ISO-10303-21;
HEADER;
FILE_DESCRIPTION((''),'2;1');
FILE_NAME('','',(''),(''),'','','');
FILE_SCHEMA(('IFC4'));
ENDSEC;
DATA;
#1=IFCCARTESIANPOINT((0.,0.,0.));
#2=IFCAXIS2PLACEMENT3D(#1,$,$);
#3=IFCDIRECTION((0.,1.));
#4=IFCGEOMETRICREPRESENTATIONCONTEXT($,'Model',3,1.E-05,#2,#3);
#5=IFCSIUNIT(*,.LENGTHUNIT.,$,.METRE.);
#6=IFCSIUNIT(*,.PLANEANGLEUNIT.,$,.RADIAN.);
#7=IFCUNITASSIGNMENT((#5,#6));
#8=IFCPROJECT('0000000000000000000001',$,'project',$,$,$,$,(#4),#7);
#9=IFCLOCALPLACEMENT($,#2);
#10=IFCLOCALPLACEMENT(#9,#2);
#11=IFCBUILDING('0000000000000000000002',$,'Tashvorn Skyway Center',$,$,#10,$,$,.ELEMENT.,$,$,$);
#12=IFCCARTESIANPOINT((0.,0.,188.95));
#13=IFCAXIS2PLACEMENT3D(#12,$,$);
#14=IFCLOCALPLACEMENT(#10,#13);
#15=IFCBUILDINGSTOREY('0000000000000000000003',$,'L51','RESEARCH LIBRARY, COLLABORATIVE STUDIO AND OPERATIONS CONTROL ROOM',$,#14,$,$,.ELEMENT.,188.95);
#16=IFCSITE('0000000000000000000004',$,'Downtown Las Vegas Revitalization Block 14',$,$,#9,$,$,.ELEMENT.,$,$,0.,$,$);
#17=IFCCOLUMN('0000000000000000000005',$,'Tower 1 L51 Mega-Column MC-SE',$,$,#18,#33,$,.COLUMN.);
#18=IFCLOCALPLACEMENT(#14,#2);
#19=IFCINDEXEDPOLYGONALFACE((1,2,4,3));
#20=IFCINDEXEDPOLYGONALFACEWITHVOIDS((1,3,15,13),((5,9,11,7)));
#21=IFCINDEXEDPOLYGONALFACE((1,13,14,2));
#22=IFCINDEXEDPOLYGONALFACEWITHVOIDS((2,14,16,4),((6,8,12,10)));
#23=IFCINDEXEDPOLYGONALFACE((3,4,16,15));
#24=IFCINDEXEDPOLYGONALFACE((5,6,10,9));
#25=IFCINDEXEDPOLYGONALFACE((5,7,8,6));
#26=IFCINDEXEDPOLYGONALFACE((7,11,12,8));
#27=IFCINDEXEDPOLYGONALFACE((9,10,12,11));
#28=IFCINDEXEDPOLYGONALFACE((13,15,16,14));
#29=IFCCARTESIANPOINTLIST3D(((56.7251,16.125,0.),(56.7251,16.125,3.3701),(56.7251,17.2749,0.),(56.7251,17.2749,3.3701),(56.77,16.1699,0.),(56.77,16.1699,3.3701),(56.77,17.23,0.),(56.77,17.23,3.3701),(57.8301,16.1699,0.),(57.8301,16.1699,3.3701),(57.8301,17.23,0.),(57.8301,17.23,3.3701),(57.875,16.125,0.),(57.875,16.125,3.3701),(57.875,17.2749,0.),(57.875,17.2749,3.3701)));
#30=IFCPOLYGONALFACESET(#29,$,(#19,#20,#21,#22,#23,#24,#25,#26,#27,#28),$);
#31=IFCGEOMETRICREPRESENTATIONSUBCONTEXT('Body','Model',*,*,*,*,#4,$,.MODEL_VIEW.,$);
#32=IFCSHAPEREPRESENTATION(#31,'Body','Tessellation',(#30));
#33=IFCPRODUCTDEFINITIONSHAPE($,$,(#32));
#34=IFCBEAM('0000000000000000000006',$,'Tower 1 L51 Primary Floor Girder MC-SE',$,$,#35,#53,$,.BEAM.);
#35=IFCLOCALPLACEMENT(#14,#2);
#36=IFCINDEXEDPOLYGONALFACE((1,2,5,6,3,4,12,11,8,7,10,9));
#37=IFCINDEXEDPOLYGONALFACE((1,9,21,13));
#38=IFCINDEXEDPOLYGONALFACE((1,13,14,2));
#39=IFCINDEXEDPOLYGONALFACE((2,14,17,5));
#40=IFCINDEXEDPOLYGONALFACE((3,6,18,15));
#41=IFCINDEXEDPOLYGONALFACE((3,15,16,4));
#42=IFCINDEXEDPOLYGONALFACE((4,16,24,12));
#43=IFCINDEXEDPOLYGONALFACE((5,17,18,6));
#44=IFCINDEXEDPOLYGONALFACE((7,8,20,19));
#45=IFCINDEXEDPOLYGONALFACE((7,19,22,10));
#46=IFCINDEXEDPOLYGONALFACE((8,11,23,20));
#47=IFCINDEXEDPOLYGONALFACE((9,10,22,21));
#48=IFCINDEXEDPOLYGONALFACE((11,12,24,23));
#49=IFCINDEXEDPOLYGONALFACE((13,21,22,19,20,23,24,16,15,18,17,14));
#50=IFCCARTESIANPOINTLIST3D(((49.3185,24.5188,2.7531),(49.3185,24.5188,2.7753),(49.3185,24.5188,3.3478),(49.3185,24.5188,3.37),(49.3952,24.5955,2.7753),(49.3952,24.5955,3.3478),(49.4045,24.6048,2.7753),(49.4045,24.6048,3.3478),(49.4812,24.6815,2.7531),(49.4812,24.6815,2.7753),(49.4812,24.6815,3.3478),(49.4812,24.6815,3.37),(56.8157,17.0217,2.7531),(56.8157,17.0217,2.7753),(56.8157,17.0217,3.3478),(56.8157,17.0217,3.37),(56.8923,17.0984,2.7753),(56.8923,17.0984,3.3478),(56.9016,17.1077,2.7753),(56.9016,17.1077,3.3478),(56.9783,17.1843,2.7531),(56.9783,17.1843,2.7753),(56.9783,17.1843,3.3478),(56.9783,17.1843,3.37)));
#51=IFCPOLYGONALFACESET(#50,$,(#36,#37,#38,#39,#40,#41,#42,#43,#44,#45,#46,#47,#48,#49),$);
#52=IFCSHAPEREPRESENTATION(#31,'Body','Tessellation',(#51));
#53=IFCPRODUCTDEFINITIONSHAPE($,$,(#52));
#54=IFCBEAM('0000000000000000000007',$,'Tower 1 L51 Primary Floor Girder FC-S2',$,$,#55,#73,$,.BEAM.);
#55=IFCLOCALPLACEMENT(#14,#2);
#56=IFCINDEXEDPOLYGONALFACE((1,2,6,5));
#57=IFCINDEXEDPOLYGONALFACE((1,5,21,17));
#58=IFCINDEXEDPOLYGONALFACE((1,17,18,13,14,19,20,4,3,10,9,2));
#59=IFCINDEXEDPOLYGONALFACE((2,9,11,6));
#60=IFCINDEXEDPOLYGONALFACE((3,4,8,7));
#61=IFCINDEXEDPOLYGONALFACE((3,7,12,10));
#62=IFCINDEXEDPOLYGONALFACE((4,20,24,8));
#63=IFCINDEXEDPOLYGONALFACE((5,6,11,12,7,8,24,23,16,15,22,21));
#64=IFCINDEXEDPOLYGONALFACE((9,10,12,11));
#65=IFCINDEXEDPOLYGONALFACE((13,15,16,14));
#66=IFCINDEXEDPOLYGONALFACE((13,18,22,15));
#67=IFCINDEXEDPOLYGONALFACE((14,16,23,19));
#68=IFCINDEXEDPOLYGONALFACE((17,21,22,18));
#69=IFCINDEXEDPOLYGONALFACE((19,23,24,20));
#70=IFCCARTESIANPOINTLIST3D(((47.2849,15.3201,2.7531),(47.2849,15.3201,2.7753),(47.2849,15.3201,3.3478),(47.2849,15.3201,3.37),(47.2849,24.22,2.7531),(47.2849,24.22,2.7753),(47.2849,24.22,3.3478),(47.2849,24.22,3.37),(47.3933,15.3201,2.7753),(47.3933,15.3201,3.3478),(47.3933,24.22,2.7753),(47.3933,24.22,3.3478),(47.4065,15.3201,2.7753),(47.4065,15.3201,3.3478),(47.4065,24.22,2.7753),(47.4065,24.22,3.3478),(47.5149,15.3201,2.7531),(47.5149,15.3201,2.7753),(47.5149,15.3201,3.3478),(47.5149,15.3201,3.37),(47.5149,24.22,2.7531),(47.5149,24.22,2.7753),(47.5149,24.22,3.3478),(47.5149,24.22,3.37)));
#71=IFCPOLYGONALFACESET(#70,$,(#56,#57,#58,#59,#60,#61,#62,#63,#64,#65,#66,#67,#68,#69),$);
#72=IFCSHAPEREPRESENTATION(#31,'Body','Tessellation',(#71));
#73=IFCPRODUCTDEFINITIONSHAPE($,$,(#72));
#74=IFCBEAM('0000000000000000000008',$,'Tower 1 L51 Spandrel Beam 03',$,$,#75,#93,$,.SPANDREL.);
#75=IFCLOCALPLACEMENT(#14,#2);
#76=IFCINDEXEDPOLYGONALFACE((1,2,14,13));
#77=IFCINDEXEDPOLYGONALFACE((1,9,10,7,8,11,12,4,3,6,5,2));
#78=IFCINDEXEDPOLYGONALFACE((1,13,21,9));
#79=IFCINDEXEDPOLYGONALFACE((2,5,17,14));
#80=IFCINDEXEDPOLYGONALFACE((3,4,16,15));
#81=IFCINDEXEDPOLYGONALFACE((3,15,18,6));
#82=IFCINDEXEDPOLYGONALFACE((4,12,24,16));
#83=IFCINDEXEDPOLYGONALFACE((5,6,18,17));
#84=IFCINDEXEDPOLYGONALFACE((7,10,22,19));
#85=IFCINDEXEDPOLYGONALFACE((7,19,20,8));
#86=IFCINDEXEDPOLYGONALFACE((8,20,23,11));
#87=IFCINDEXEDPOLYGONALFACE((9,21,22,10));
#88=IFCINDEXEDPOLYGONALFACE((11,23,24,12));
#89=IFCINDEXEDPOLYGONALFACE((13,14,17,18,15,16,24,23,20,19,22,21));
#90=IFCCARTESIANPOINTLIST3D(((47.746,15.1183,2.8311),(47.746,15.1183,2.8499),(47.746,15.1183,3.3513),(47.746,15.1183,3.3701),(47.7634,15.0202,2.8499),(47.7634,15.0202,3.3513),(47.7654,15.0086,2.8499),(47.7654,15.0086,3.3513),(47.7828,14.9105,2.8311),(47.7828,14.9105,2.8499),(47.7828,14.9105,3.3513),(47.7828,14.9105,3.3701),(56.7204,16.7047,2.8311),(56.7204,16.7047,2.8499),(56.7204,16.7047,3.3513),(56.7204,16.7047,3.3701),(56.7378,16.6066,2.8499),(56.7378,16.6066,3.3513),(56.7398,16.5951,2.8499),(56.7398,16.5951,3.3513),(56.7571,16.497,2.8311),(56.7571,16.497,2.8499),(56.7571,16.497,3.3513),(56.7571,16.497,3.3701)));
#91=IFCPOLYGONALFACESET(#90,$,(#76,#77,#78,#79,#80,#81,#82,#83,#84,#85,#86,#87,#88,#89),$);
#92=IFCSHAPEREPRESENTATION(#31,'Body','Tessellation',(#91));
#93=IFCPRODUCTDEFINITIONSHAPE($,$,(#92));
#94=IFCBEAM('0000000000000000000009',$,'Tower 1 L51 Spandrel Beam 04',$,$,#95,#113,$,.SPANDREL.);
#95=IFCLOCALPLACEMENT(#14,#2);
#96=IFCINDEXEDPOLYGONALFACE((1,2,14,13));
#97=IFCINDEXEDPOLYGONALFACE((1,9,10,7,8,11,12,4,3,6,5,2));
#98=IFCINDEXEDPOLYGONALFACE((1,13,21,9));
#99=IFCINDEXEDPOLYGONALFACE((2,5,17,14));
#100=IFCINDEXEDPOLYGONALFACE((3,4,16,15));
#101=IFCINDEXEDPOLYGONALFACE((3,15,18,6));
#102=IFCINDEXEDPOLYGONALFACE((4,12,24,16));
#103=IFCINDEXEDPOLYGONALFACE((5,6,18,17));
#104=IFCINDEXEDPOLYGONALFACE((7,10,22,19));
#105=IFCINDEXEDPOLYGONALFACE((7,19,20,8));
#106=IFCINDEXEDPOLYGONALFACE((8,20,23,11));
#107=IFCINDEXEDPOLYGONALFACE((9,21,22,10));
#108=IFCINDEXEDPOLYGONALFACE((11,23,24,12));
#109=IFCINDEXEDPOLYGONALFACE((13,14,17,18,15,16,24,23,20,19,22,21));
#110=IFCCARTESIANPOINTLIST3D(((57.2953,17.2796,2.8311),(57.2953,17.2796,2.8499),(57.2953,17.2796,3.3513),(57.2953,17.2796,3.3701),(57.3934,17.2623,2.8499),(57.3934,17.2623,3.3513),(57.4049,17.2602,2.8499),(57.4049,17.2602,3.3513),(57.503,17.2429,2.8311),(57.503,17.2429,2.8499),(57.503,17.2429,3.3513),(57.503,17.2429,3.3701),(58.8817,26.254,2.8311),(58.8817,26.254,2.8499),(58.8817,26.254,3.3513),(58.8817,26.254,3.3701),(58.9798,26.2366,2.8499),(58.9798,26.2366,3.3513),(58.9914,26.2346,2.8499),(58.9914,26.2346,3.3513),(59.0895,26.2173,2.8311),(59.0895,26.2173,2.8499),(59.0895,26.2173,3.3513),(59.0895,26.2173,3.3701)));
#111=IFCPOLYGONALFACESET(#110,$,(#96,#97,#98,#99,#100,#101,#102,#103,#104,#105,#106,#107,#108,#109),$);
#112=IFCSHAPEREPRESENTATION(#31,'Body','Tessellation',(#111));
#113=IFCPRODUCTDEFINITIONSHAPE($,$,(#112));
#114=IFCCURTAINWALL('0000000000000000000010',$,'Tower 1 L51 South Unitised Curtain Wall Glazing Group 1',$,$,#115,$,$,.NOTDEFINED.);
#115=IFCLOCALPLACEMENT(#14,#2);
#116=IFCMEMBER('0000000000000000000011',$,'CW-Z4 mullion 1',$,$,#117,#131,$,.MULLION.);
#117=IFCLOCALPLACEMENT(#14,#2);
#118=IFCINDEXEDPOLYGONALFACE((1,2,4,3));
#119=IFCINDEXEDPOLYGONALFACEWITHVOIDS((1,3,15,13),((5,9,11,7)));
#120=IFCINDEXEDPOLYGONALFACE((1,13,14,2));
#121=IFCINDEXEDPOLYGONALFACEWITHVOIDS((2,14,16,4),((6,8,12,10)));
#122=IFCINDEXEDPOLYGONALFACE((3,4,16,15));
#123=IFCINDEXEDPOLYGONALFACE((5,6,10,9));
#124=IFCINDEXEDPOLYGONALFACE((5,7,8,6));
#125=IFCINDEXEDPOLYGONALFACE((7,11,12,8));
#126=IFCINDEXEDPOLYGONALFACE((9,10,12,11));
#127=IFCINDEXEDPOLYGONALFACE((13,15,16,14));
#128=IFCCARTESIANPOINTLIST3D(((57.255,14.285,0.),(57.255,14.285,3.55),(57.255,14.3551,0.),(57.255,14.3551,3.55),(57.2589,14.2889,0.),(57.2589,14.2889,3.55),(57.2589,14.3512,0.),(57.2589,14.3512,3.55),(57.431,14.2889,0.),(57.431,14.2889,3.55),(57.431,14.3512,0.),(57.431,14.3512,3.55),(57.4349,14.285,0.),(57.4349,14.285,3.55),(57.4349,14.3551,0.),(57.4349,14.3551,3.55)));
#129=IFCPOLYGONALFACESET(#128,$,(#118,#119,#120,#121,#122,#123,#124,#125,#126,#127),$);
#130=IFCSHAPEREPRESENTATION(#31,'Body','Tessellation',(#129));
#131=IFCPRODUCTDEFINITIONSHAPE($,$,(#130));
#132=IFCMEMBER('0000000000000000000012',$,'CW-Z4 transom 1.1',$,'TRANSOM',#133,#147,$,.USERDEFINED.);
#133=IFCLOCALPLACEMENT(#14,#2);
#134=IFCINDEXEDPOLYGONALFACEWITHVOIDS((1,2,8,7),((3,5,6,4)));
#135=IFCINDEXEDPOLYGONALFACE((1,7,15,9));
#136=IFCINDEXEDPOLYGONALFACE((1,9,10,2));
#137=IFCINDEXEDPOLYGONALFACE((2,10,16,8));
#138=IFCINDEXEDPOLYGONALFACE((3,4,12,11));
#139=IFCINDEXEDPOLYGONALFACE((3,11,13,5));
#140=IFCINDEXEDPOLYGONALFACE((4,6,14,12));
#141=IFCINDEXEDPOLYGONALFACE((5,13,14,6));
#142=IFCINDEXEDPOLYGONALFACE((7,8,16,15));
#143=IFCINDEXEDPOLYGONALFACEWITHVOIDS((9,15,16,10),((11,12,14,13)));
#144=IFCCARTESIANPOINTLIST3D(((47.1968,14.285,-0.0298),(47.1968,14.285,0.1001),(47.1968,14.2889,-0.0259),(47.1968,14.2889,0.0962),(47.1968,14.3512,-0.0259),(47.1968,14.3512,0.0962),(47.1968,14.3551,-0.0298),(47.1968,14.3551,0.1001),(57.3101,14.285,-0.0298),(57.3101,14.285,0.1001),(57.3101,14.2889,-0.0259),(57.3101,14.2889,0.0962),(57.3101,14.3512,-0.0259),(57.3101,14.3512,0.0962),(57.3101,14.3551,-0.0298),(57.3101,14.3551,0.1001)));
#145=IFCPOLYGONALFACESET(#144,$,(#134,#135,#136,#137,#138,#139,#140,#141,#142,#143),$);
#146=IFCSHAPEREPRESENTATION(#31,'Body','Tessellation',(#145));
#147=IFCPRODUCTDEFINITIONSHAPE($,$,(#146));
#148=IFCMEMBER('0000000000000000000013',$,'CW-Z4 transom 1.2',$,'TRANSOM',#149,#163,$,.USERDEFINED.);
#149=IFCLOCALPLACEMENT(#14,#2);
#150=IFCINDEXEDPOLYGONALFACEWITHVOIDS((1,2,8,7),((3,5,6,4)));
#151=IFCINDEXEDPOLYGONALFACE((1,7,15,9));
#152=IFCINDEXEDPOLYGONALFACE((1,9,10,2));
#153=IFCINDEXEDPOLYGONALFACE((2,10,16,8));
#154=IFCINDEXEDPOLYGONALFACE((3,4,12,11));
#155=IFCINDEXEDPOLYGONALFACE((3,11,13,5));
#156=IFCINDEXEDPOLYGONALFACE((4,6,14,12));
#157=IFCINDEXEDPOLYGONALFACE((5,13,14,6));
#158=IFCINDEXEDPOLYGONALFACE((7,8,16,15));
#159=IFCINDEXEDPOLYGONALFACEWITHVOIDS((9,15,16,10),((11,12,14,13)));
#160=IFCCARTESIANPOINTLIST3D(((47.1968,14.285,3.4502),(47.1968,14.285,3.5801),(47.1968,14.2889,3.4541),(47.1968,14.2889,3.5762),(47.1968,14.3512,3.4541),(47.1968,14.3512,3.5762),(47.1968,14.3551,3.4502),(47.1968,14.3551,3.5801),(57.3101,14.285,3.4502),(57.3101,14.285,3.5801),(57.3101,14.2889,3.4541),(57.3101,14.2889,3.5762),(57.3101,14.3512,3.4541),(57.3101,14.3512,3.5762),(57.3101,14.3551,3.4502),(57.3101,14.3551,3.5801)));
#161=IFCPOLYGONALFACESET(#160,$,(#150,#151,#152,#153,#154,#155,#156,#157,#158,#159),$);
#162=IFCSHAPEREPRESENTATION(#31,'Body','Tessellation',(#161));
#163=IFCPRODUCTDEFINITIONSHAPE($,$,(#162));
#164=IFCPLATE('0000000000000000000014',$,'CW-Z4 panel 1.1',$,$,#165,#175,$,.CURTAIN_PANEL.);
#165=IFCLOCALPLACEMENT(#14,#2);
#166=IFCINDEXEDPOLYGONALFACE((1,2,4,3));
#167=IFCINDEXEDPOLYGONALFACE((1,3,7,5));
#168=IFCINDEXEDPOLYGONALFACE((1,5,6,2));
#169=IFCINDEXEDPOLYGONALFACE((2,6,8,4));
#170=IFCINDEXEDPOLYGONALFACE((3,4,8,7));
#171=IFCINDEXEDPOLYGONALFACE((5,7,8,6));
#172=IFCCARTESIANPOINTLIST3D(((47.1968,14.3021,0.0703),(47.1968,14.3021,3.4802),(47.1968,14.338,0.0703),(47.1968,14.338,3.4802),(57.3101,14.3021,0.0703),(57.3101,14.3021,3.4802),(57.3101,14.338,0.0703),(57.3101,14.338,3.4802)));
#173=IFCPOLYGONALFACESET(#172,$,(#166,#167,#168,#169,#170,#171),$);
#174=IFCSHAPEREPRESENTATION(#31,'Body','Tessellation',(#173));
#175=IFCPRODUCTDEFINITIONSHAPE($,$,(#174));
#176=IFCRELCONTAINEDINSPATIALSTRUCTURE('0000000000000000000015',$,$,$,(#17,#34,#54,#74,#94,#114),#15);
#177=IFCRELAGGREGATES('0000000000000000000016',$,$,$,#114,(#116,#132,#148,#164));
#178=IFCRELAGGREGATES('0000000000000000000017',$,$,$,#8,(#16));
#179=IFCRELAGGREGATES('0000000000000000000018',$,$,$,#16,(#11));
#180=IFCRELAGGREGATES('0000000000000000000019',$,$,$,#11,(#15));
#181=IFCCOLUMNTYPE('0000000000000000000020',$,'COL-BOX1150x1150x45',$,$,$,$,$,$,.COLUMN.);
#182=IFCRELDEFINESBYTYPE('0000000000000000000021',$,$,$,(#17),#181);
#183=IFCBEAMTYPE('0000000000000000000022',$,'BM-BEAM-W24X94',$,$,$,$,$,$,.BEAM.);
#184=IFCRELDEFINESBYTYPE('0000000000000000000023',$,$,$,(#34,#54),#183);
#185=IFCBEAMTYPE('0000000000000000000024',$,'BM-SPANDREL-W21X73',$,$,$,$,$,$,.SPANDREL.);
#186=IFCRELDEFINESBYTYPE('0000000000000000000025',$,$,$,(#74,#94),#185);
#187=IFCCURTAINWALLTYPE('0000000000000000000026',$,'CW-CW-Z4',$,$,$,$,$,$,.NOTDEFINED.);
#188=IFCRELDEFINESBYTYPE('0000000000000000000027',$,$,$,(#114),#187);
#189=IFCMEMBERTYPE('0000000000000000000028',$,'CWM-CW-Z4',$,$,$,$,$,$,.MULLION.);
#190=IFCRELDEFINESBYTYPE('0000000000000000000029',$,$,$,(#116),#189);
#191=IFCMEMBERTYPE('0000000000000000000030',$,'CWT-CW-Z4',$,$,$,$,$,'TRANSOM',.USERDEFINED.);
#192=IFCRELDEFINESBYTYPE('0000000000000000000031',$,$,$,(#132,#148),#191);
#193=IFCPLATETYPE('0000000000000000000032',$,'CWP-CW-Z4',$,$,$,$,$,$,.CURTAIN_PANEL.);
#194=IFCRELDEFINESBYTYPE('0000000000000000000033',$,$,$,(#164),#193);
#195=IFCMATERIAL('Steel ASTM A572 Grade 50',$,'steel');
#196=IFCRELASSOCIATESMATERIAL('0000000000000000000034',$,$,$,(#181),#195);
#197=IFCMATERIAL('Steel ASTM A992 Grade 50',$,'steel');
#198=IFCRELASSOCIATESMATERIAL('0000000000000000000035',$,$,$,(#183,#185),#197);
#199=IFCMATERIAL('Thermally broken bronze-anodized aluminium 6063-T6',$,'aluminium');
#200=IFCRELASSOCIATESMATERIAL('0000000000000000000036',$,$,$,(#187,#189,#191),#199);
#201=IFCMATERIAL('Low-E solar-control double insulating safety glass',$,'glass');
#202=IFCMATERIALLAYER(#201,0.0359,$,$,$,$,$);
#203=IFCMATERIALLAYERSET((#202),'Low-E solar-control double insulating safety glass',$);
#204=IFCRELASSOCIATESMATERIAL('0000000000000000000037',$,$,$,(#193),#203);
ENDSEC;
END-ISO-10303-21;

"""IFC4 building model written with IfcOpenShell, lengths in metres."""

from ifc_helpers import new_model, si_unit, direction, frame, origin, origin_2d, place, context, subcontext, project, spatial, rectangle, hollow_rectangle, i_section, extrude, material, layer, layer_set, material_profile, profile_set, type_object, element, aggregate, save


model = new_model("IFC4")

# Units and contexts
model_context = context("Model", 3, precision=1e-05, world=origin(), true_north=direction((0.0, 1.0)))
body_context = subcontext(model_context, "Body", "Model", "MODEL_VIEW")
ifc_project = project(units=[si_unit("LENGTHUNIT", "METRE"), si_unit("PLANEANGLEUNIT", "RADIAN")], contexts=[model_context])

# Site, building, storey
site_placement = place(None, origin())
site = spatial("IfcSite", under=ifc_project, at=site_placement, Name="Downtown Las Vegas Revitalization Block 14", CompositionType="ELEMENT", RefElevation=0.0)
building_placement = place(site_placement, origin())
building = spatial("IfcBuilding", under=site, at=building_placement, Name="Tashvorn Skyway Center", CompositionType="ELEMENT")
storey_placement = place(building_placement, frame((0.0, 0.0, 188.95)))
storey = spatial("IfcBuildingStorey", under=building, at=storey_placement, Name="L51", Description="RESEARCH LIBRARY, COLLABORATIVE STUDIO AND OPERATIONS CONTROL ROOM", CompositionType="ELEMENT", Elevation=188.95)

# Column
ifc_material_1 = material(Name="Steel ASTM A572 Grade 50", Category="steel")
ifc_material_profile_1 = material_profile(ifc_material_1, hollow_rectangle(XDim=1.1499, YDim=1.1499, WallThickness=0.0449, at=origin_2d()), Name="BOX1150x1150x45")
ifc_profile_set_1 = profile_set([ifc_material_profile_1], Name="Steel ASTM A572 Grade 50")
column_type = type_object("IfcColumnType", Name="COL-BOX1150x1150x45", PredefinedType="COLUMN", material=ifc_profile_set_1)
column_placement = place(storey_placement, frame((57.3, 16.7, 0.0), z_axis=(0.0, 0.0, 1.0), x_axis=(1.0, 0.0, 0.0)))
element("IfcColumn", 1, at=column_placement, inside=storey, type_object=column_type, Name="Tower 1 L51 Mega-Column MC-SE", PredefinedType="COLUMN", context=body_context, shape_type="SweptSolid", body=[
    extrude(hollow_rectangle(XDim=1.1499, YDim=1.1499, WallThickness=0.0449, at=origin_2d()), origin(), (0.0, 0.0, 1.0), 3.3701),
])

# Beams
ifc_material_2 = material(Name="Steel ASTM A992 Grade 50", Category="steel")
ifc_material_profile_2 = material_profile(ifc_material_2, i_section(OverallWidth=0.23, OverallDepth=0.6169, WebThickness=0.0132, FlangeThickness=0.0222, at=origin_2d()), Name="W24X94")
ifc_profile_set_2 = profile_set([ifc_material_profile_2], Name="Steel ASTM A992 Grade 50")
beam_type_1 = type_object("IfcBeamType", Name="BM-BEAM-W24X94", PredefinedType="BEAM", material=ifc_profile_set_2)
beam_1_placement = place(storey_placement, frame((56.897, 17.103, 3.0615), z_axis=(-0.707107, 0.707107, 0.0), x_axis=(-0.707107, -0.707107, 0.0)))
element("IfcBeam", 2, at=beam_1_placement, inside=storey, type_object=beam_type_1, Name="Tower 1 L51 Primary Floor Girder MC-SE", PredefinedType="BEAM", context=body_context, shape_type="SweptSolid", body=[
    extrude(i_section(OverallWidth=0.23, OverallDepth=0.6169, WebThickness=0.0132, FlangeThickness=0.0222, at=origin_2d()), origin(), (0.0, 0.0, 1.0), 10.6025),
])
beam_2_placement = place(storey_placement, frame((47.3999, 15.3201, 3.0615), z_axis=(0.0, 1.0, 0.0), x_axis=(-1.0, 0.0, 0.0)))
element("IfcBeam", 3, at=beam_2_placement, inside=storey, type_object=beam_type_1, Name="Tower 1 L51 Primary Floor Girder FC-S2", PredefinedType="BEAM", context=body_context, shape_type="SweptSolid", body=[
    extrude(i_section(OverallWidth=0.23, OverallDepth=0.6169, WebThickness=0.0132, FlangeThickness=0.0222, at=origin_2d()), origin(), (0.0, 0.0, 1.0), 8.8999),
])
ifc_material_profile_3 = material_profile(ifc_material_2, i_section(OverallWidth=0.2109, OverallDepth=0.5391, WebThickness=0.0117, FlangeThickness=0.0188, at=origin_2d()), Name="W21X73")
ifc_profile_set_3 = profile_set([ifc_material_profile_3], Name="Steel ASTM A992 Grade 50")
beam_type_2 = type_object("IfcBeamType", Name="BM-SPANDREL-W21X73", PredefinedType="SPANDREL", material=ifc_profile_set_3)
for number, where, z_axis, x_axis, name in (
    (4, (47.7644, 15.0144, 3.1006), (0.984733, 0.174074, 0.0), (-0.174074, 0.984733, 0.0), "Tower 1 L51 Spandrel Beam 03"),
    (5, (57.3992, 17.2612, 3.1006), (0.174074, 0.984733, 0.0), (-0.984733, 0.174074, 0.0), "Tower 1 L51 Spandrel Beam 04"),
):
    element("IfcBeam", number, at=place(storey_placement, frame(where, z_axis=z_axis, x_axis=x_axis)), inside=storey, type_object=beam_type_2, Name=name, PredefinedType="SPANDREL", context=body_context, shape_type="SweptSolid", body=[
        extrude(i_section(OverallWidth=0.2109, OverallDepth=0.5391, WebThickness=0.0117, FlangeThickness=0.0188, at=origin_2d()), origin(), (0.0, 0.0, 1.0), 9.1135),
    ])

# Curtain wall, members, plate
ifc_material_3 = material(Name="Thermally broken bronze-anodized aluminium 6063-T6", Category="aluminium")
curtain_wall_type = type_object("IfcCurtainWallType", Name="CW-CW-Z4", PredefinedType="NOTDEFINED", material=ifc_material_3)
curtain_wall_placement = place(storey_placement, origin())
curtain_wall = element("IfcCurtainWall", 6, at=curtain_wall_placement, inside=storey, type_object=curtain_wall_type, Name="Tower 1 L51 South Unitised Curtain Wall Glazing Group 1", PredefinedType="NOTDEFINED")
ifc_material_profile_4 = material_profile(ifc_material_3, hollow_rectangle(XDim=0.0701, YDim=0.1799, WallThickness=0.0039, at=origin_2d()), Name="ALU-MULL-70x180")
ifc_profile_set_4 = profile_set([ifc_material_profile_4], Name="Thermally broken bronze-anodized aluminium 6063-T6")
member_type_1 = type_object("IfcMemberType", Name="CWM-CW-Z4", PredefinedType="MULLION", material=ifc_profile_set_4)
member_1_placement = place(storey_placement, frame((57.345, 14.3201, 0.0), z_axis=(0.0, 0.0, 1.0), x_axis=(0.0, -1.0, 0.0)))
member_1 = element("IfcMember", 7, at=member_1_placement, type_object=member_type_1, Name="CW-Z4 mullion 1", PredefinedType="MULLION", context=body_context, shape_type="SweptSolid", body=[
    extrude(hollow_rectangle(XDim=0.0701, YDim=0.1799, WallThickness=0.0039, at=origin_2d()), origin(), (0.0, 0.0, 1.0), 3.55),
])
ifc_material_profile_5 = material_profile(ifc_material_3, hollow_rectangle(XDim=0.0701, YDim=0.1299, WallThickness=0.0039, at=origin_2d()), Name="ALU-TRAN-70x130")
ifc_profile_set_5 = profile_set([ifc_material_profile_5], Name="Thermally broken bronze-anodized aluminium 6063-T6")
member_type_2 = type_object("IfcMemberType", Name="CWT-CW-Z4", ElementType="TRANSOM", PredefinedType="USERDEFINED", material=ifc_profile_set_5)
member_2_placement = place(storey_placement, frame((57.3101, 14.3201, 0.0352), z_axis=(-1.0, 0.0, 0.0), x_axis=(0.0, -1.0, 0.0)))
member_2 = element("IfcMember", 8, at=member_2_placement, type_object=member_type_2, Name="CW-Z4 transom 1.1", ObjectType="TRANSOM", PredefinedType="USERDEFINED", context=body_context, shape_type="SweptSolid", body=[
    extrude(hollow_rectangle(XDim=0.0701, YDim=0.1299, WallThickness=0.0039, at=origin_2d()), origin(), (0.0, 0.0, 1.0), 10.1133),
])
member_3_placement = place(storey_placement, frame((57.3101, 14.3201, 3.5151), z_axis=(-1.0, 0.0, 0.0), x_axis=(0.0, -1.0, 0.0)))
member_3 = element("IfcMember", 9, at=member_3_placement, type_object=member_type_2, Name="CW-Z4 transom 1.2", ObjectType="TRANSOM", PredefinedType="USERDEFINED", context=body_context, shape_type="SweptSolid", body=[
    extrude(hollow_rectangle(XDim=0.0701, YDim=0.1299, WallThickness=0.0039, at=origin_2d()), origin(), (0.0, 0.0, 1.0), 10.1133),
])
ifc_material_4 = material(Name="Low-E solar-control double insulating safety glass", Category="glass")
ifc_layer_1 = layer(ifc_material_4, 0.0359)
ifc_layer_set_1 = layer_set([ifc_layer_1], Name="Low-E solar-control double insulating safety glass")
plate_type = type_object("IfcPlateType", Name="CWP-CW-Z4", PredefinedType="CURTAIN_PANEL", material=ifc_layer_set_1)
plate_placement = place(storey_placement, frame((52.2534, 14.3201, 0.0703), z_axis=(0.0, 0.0, 1.0), x_axis=(-1.0, 0.0, 0.0)))
plate = element("IfcPlate", 10, at=plate_placement, type_object=plate_type, Name="CW-Z4 panel 1.1", PredefinedType="CURTAIN_PANEL", context=body_context, shape_type="SweptSolid", body=[
    extrude(rectangle(XDim=10.1133, YDim=0.0359, at=origin_2d()), origin(), (0.0, 0.0, 1.0), 3.4099),
])
aggregate(curtain_wall, [member_1, member_2, member_3, plate])

save(model, "model.ifc")
